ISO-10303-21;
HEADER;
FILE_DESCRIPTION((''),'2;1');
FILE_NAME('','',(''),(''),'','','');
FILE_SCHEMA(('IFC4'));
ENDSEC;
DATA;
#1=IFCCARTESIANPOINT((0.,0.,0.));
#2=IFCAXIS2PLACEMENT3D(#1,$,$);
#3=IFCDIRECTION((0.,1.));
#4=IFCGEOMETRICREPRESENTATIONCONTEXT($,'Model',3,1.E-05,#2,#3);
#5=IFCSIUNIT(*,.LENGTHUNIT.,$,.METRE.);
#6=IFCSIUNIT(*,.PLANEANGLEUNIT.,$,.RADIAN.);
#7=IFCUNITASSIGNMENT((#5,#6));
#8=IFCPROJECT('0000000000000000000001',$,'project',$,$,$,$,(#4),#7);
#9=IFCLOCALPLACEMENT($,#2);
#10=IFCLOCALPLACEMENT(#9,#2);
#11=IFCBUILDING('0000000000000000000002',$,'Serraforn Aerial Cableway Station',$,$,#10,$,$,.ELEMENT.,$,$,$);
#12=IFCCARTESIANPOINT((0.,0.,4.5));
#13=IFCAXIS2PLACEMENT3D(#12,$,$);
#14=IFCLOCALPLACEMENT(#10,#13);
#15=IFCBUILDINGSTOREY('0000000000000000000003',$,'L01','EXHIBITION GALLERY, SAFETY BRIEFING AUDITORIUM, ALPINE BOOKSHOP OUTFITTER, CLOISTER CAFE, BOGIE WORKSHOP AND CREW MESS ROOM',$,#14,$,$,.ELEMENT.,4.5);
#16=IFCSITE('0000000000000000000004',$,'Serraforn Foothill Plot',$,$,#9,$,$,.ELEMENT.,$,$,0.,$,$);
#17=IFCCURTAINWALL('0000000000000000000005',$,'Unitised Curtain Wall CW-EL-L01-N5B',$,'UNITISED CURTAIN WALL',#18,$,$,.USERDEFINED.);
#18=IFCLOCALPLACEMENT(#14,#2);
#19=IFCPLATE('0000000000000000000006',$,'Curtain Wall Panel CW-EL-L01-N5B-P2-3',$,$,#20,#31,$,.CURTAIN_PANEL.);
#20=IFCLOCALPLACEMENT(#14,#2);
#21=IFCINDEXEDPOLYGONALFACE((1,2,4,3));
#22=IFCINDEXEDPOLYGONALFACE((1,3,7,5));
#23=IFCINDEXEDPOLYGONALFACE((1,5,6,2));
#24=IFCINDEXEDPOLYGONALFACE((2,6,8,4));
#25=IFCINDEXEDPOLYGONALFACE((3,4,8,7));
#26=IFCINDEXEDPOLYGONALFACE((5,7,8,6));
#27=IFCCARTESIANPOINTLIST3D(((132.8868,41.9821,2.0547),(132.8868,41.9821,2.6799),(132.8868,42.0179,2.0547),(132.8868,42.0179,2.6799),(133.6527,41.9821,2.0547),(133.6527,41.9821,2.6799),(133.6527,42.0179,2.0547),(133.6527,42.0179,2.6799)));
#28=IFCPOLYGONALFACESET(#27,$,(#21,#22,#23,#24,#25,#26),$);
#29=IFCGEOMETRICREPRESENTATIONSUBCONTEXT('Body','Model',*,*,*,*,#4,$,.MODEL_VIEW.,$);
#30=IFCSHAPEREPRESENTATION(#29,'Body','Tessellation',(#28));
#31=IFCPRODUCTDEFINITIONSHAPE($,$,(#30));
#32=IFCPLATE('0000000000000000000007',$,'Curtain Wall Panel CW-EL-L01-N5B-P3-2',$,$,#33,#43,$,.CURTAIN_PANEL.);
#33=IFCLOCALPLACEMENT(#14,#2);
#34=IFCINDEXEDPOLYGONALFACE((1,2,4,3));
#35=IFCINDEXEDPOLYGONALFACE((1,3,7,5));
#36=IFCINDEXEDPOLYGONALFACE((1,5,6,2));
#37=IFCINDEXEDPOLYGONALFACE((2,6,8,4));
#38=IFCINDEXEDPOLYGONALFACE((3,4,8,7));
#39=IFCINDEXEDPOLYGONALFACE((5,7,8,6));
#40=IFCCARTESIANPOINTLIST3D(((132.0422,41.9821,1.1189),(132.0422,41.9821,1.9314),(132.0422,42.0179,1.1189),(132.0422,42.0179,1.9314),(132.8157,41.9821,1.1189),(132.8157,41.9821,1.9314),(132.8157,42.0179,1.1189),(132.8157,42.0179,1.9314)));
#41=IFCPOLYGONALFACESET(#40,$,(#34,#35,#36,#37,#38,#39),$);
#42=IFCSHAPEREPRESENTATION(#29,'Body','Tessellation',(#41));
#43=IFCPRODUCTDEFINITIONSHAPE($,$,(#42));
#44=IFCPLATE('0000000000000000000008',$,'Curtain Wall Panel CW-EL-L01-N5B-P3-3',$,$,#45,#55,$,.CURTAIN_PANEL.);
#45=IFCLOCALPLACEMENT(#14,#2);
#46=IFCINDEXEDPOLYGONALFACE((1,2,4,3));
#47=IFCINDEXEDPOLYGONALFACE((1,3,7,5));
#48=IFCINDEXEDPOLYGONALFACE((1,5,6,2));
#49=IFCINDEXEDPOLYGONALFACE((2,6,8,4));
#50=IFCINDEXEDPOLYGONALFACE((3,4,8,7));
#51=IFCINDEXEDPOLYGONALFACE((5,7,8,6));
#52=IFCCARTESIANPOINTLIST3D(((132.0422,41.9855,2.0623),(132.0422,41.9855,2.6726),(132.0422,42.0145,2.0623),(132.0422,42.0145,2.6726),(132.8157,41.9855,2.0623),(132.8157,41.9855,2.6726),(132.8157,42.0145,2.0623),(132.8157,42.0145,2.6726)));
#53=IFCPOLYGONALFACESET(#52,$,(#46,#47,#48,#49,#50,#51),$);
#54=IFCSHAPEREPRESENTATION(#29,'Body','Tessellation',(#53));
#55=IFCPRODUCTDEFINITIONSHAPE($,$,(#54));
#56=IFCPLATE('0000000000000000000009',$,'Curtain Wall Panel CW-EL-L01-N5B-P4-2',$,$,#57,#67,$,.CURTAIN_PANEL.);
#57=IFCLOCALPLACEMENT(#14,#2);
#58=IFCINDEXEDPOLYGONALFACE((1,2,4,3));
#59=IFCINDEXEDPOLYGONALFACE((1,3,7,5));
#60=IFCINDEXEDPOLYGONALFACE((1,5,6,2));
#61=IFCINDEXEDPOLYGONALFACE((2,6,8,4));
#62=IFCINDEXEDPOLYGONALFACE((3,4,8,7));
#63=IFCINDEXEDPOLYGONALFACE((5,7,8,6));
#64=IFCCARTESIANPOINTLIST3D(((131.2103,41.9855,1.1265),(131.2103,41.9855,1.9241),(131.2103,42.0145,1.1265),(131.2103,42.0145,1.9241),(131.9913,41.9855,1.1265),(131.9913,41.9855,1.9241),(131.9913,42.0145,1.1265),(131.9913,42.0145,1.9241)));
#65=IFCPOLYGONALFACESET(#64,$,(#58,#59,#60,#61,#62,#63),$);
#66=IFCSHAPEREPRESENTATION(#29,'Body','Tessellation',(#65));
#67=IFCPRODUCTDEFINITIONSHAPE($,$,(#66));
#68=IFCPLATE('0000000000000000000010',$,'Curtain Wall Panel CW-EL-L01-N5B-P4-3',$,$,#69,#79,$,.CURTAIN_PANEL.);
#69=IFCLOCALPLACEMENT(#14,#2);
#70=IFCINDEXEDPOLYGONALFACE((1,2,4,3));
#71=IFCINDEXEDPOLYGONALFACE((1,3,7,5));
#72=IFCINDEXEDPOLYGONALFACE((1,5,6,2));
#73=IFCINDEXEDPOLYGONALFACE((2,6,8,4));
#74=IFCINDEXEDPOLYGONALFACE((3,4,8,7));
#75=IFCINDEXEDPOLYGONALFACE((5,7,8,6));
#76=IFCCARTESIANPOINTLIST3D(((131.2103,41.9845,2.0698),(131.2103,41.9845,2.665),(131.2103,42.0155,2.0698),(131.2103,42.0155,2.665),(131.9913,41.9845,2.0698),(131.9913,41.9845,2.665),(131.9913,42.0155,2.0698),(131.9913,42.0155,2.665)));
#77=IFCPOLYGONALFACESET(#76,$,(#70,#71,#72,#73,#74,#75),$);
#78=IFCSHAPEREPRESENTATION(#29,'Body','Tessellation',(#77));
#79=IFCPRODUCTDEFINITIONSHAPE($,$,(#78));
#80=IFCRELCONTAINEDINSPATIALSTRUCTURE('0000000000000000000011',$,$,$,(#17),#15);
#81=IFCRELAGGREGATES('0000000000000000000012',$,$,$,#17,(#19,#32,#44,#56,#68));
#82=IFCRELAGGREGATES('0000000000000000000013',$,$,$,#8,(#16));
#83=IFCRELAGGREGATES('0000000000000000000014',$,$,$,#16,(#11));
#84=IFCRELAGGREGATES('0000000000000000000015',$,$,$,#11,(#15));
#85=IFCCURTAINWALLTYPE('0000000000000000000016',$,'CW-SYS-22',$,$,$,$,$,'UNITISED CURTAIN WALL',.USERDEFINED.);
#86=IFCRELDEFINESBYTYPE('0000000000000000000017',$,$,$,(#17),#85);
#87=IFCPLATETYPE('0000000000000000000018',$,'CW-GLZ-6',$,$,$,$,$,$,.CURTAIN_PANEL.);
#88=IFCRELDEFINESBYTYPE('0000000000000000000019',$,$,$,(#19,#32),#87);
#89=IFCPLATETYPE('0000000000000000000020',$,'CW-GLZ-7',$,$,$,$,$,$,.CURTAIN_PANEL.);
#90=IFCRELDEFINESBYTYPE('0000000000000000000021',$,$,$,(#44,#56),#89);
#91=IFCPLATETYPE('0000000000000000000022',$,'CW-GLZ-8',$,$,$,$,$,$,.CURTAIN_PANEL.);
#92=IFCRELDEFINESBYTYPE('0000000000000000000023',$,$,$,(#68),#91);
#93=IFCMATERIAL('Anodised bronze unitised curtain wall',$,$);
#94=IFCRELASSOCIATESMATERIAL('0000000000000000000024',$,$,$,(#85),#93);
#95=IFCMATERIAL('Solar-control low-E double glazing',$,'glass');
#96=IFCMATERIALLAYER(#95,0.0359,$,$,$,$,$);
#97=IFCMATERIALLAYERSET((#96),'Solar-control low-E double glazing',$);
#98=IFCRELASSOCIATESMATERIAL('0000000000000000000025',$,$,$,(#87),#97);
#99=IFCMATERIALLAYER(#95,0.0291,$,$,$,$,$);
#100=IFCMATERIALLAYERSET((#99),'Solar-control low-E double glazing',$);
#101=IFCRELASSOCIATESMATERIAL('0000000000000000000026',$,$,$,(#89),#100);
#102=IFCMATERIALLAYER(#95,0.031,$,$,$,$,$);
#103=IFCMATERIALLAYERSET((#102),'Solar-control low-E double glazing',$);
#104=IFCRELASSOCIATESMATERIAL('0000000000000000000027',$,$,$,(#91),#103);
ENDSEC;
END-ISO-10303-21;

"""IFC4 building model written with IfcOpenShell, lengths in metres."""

from ifc_helpers import new_model, si_unit, direction, frame, origin, origin_2d, place, context, subcontext, project, spatial, rectangle, extrude, material, layer, layer_set, type_object, element, aggregate, save


model = new_model("IFC4")

# Units and contexts
model_context = context("Model", 3, precision=1e-05, world=origin(), true_north=direction((0.0, 1.0)))
body_context = subcontext(model_context, "Body", "Model", "MODEL_VIEW")
ifc_project = project(units=[si_unit("LENGTHUNIT", "METRE"), si_unit("PLANEANGLEUNIT", "RADIAN")], contexts=[model_context])

# Site, building, storey
site_placement = place(None, origin())
site = spatial("IfcSite", under=ifc_project, at=site_placement, Name="Serraforn Foothill Plot", CompositionType="ELEMENT", RefElevation=0.0)
building_placement = place(site_placement, origin())
building = spatial("IfcBuilding", under=site, at=building_placement, Name="Serraforn Aerial Cableway Station", CompositionType="ELEMENT")
storey_placement = place(building_placement, frame((0.0, 0.0, 4.5)))
storey = spatial("IfcBuildingStorey", under=building, at=storey_placement, Name="L01", Description="EXHIBITION GALLERY, SAFETY BRIEFING AUDITORIUM, ALPINE BOOKSHOP OUTFITTER, CLOISTER CAFE, BOGIE WORKSHOP AND CREW MESS ROOM", CompositionType="ELEMENT", Elevation=4.5)

# Curtain wall, plates
ifc_material_1 = material(Name="Anodised bronze unitised curtain wall")
curtain_wall_type = type_object("IfcCurtainWallType", Name="CW-SYS-22", ElementType="UNITISED CURTAIN WALL", PredefinedType="USERDEFINED", material=ifc_material_1)
curtain_wall_placement = place(storey_placement, origin())
curtain_wall = element("IfcCurtainWall", 1, at=curtain_wall_placement, inside=storey, type_object=curtain_wall_type, Name="Unitised Curtain Wall CW-EL-L01-N5B", ObjectType="UNITISED CURTAIN WALL", PredefinedType="USERDEFINED")
ifc_material_2 = material(Name="Solar-control low-E double glazing", Category="glass")
ifc_layer_1 = layer(ifc_material_2, 0.0359)
ifc_layer_set_1 = layer_set([ifc_layer_1], Name="Solar-control low-E double glazing")
plate_type_1 = type_object("IfcPlateType", Name="CW-GLZ-6", PredefinedType="CURTAIN_PANEL", material=ifc_layer_set_1)
plate_1_placement = place(storey_placement, frame((133.2698, 42.0, 2.0547), z_axis=(0.0, 0.0, 1.0), x_axis=(1.0, 0.0, 0.0)))
plate_1 = element("IfcPlate", 2, at=plate_1_placement, type_object=plate_type_1, Name="Curtain Wall Panel CW-EL-L01-N5B-P2-3", PredefinedType="CURTAIN_PANEL", context=body_context, shape_type="SweptSolid", body=[
    extrude(rectangle(XDim=0.7659, YDim=0.0359, at=origin_2d()), origin(), (0.0, 0.0, 1.0), 0.6252),
])
plate_2_placement = place(storey_placement, frame((132.429, 42.0, 1.1189), z_axis=(0.0, 0.0, 1.0), x_axis=(1.0, 0.0, 0.0)))
plate_2 = element("IfcPlate", 3, at=plate_2_placement, type_object=plate_type_1, Name="Curtain Wall Panel CW-EL-L01-N5B-P3-2", PredefinedType="CURTAIN_PANEL", context=body_context, shape_type="SweptSolid", body=[
    extrude(rectangle(XDim=0.7734, YDim=0.0359, at=origin_2d()), origin(), (0.0, 0.0, 1.0), 0.8125),
])
ifc_layer_2 = layer(ifc_material_2, 0.0291)
ifc_layer_set_2 = layer_set([ifc_layer_2], Name="Solar-control low-E double glazing")
plate_type_2 = type_object("IfcPlateType", Name="CW-GLZ-7", PredefinedType="CURTAIN_PANEL", material=ifc_layer_set_2)
plate_3_placement = place(storey_placement, frame((132.429, 42.0, 2.0623), z_axis=(0.0, 0.0, 1.0), x_axis=(1.0, 0.0, 0.0)))
plate_3 = element("IfcPlate", 4, at=plate_3_placement, type_object=plate_type_2, Name="Curtain Wall Panel CW-EL-L01-N5B-P3-3", PredefinedType="CURTAIN_PANEL", context=body_context, shape_type="SweptSolid", body=[
    extrude(rectangle(XDim=0.7734, YDim=0.0291, at=origin_2d()), origin(), (0.0, 0.0, 1.0), 0.6104),
])
plate_4_placement = place(storey_placement, frame((131.6008, 42.0, 1.1265), z_axis=(0.0, 0.0, 1.0), x_axis=(1.0, 0.0, 0.0)))
plate_4 = element("IfcPlate", 5, at=plate_4_placement, type_object=plate_type_2, Name="Curtain Wall Panel CW-EL-L01-N5B-P4-2", PredefinedType="CURTAIN_PANEL", context=body_context, shape_type="SweptSolid", body=[
    extrude(rectangle(XDim=0.781, YDim=0.0291, at=origin_2d()), origin(), (0.0, 0.0, 1.0), 0.7976),
])
ifc_layer_3 = layer(ifc_material_2, 0.031)
ifc_layer_set_3 = layer_set([ifc_layer_3], Name="Solar-control low-E double glazing")
plate_type_3 = type_object("IfcPlateType", Name="CW-GLZ-8", PredefinedType="CURTAIN_PANEL", material=ifc_layer_set_3)
plate_5_placement = place(storey_placement, frame((131.6008, 42.0, 2.0698), z_axis=(0.0, 0.0, 1.0), x_axis=(1.0, 0.0, 0.0)))
plate_5 = element("IfcPlate", 6, at=plate_5_placement, type_object=plate_type_3, Name="Curtain Wall Panel CW-EL-L01-N5B-P4-3", PredefinedType="CURTAIN_PANEL", context=body_context, shape_type="SweptSolid", body=[
    extrude(rectangle(XDim=0.781, YDim=0.031, at=origin_2d()), origin(), (0.0, 0.0, 1.0), 0.5952),
])
aggregate(curtain_wall, [plate_1, plate_2, plate_3, plate_4, plate_5])

save(model, "model.ifc")
